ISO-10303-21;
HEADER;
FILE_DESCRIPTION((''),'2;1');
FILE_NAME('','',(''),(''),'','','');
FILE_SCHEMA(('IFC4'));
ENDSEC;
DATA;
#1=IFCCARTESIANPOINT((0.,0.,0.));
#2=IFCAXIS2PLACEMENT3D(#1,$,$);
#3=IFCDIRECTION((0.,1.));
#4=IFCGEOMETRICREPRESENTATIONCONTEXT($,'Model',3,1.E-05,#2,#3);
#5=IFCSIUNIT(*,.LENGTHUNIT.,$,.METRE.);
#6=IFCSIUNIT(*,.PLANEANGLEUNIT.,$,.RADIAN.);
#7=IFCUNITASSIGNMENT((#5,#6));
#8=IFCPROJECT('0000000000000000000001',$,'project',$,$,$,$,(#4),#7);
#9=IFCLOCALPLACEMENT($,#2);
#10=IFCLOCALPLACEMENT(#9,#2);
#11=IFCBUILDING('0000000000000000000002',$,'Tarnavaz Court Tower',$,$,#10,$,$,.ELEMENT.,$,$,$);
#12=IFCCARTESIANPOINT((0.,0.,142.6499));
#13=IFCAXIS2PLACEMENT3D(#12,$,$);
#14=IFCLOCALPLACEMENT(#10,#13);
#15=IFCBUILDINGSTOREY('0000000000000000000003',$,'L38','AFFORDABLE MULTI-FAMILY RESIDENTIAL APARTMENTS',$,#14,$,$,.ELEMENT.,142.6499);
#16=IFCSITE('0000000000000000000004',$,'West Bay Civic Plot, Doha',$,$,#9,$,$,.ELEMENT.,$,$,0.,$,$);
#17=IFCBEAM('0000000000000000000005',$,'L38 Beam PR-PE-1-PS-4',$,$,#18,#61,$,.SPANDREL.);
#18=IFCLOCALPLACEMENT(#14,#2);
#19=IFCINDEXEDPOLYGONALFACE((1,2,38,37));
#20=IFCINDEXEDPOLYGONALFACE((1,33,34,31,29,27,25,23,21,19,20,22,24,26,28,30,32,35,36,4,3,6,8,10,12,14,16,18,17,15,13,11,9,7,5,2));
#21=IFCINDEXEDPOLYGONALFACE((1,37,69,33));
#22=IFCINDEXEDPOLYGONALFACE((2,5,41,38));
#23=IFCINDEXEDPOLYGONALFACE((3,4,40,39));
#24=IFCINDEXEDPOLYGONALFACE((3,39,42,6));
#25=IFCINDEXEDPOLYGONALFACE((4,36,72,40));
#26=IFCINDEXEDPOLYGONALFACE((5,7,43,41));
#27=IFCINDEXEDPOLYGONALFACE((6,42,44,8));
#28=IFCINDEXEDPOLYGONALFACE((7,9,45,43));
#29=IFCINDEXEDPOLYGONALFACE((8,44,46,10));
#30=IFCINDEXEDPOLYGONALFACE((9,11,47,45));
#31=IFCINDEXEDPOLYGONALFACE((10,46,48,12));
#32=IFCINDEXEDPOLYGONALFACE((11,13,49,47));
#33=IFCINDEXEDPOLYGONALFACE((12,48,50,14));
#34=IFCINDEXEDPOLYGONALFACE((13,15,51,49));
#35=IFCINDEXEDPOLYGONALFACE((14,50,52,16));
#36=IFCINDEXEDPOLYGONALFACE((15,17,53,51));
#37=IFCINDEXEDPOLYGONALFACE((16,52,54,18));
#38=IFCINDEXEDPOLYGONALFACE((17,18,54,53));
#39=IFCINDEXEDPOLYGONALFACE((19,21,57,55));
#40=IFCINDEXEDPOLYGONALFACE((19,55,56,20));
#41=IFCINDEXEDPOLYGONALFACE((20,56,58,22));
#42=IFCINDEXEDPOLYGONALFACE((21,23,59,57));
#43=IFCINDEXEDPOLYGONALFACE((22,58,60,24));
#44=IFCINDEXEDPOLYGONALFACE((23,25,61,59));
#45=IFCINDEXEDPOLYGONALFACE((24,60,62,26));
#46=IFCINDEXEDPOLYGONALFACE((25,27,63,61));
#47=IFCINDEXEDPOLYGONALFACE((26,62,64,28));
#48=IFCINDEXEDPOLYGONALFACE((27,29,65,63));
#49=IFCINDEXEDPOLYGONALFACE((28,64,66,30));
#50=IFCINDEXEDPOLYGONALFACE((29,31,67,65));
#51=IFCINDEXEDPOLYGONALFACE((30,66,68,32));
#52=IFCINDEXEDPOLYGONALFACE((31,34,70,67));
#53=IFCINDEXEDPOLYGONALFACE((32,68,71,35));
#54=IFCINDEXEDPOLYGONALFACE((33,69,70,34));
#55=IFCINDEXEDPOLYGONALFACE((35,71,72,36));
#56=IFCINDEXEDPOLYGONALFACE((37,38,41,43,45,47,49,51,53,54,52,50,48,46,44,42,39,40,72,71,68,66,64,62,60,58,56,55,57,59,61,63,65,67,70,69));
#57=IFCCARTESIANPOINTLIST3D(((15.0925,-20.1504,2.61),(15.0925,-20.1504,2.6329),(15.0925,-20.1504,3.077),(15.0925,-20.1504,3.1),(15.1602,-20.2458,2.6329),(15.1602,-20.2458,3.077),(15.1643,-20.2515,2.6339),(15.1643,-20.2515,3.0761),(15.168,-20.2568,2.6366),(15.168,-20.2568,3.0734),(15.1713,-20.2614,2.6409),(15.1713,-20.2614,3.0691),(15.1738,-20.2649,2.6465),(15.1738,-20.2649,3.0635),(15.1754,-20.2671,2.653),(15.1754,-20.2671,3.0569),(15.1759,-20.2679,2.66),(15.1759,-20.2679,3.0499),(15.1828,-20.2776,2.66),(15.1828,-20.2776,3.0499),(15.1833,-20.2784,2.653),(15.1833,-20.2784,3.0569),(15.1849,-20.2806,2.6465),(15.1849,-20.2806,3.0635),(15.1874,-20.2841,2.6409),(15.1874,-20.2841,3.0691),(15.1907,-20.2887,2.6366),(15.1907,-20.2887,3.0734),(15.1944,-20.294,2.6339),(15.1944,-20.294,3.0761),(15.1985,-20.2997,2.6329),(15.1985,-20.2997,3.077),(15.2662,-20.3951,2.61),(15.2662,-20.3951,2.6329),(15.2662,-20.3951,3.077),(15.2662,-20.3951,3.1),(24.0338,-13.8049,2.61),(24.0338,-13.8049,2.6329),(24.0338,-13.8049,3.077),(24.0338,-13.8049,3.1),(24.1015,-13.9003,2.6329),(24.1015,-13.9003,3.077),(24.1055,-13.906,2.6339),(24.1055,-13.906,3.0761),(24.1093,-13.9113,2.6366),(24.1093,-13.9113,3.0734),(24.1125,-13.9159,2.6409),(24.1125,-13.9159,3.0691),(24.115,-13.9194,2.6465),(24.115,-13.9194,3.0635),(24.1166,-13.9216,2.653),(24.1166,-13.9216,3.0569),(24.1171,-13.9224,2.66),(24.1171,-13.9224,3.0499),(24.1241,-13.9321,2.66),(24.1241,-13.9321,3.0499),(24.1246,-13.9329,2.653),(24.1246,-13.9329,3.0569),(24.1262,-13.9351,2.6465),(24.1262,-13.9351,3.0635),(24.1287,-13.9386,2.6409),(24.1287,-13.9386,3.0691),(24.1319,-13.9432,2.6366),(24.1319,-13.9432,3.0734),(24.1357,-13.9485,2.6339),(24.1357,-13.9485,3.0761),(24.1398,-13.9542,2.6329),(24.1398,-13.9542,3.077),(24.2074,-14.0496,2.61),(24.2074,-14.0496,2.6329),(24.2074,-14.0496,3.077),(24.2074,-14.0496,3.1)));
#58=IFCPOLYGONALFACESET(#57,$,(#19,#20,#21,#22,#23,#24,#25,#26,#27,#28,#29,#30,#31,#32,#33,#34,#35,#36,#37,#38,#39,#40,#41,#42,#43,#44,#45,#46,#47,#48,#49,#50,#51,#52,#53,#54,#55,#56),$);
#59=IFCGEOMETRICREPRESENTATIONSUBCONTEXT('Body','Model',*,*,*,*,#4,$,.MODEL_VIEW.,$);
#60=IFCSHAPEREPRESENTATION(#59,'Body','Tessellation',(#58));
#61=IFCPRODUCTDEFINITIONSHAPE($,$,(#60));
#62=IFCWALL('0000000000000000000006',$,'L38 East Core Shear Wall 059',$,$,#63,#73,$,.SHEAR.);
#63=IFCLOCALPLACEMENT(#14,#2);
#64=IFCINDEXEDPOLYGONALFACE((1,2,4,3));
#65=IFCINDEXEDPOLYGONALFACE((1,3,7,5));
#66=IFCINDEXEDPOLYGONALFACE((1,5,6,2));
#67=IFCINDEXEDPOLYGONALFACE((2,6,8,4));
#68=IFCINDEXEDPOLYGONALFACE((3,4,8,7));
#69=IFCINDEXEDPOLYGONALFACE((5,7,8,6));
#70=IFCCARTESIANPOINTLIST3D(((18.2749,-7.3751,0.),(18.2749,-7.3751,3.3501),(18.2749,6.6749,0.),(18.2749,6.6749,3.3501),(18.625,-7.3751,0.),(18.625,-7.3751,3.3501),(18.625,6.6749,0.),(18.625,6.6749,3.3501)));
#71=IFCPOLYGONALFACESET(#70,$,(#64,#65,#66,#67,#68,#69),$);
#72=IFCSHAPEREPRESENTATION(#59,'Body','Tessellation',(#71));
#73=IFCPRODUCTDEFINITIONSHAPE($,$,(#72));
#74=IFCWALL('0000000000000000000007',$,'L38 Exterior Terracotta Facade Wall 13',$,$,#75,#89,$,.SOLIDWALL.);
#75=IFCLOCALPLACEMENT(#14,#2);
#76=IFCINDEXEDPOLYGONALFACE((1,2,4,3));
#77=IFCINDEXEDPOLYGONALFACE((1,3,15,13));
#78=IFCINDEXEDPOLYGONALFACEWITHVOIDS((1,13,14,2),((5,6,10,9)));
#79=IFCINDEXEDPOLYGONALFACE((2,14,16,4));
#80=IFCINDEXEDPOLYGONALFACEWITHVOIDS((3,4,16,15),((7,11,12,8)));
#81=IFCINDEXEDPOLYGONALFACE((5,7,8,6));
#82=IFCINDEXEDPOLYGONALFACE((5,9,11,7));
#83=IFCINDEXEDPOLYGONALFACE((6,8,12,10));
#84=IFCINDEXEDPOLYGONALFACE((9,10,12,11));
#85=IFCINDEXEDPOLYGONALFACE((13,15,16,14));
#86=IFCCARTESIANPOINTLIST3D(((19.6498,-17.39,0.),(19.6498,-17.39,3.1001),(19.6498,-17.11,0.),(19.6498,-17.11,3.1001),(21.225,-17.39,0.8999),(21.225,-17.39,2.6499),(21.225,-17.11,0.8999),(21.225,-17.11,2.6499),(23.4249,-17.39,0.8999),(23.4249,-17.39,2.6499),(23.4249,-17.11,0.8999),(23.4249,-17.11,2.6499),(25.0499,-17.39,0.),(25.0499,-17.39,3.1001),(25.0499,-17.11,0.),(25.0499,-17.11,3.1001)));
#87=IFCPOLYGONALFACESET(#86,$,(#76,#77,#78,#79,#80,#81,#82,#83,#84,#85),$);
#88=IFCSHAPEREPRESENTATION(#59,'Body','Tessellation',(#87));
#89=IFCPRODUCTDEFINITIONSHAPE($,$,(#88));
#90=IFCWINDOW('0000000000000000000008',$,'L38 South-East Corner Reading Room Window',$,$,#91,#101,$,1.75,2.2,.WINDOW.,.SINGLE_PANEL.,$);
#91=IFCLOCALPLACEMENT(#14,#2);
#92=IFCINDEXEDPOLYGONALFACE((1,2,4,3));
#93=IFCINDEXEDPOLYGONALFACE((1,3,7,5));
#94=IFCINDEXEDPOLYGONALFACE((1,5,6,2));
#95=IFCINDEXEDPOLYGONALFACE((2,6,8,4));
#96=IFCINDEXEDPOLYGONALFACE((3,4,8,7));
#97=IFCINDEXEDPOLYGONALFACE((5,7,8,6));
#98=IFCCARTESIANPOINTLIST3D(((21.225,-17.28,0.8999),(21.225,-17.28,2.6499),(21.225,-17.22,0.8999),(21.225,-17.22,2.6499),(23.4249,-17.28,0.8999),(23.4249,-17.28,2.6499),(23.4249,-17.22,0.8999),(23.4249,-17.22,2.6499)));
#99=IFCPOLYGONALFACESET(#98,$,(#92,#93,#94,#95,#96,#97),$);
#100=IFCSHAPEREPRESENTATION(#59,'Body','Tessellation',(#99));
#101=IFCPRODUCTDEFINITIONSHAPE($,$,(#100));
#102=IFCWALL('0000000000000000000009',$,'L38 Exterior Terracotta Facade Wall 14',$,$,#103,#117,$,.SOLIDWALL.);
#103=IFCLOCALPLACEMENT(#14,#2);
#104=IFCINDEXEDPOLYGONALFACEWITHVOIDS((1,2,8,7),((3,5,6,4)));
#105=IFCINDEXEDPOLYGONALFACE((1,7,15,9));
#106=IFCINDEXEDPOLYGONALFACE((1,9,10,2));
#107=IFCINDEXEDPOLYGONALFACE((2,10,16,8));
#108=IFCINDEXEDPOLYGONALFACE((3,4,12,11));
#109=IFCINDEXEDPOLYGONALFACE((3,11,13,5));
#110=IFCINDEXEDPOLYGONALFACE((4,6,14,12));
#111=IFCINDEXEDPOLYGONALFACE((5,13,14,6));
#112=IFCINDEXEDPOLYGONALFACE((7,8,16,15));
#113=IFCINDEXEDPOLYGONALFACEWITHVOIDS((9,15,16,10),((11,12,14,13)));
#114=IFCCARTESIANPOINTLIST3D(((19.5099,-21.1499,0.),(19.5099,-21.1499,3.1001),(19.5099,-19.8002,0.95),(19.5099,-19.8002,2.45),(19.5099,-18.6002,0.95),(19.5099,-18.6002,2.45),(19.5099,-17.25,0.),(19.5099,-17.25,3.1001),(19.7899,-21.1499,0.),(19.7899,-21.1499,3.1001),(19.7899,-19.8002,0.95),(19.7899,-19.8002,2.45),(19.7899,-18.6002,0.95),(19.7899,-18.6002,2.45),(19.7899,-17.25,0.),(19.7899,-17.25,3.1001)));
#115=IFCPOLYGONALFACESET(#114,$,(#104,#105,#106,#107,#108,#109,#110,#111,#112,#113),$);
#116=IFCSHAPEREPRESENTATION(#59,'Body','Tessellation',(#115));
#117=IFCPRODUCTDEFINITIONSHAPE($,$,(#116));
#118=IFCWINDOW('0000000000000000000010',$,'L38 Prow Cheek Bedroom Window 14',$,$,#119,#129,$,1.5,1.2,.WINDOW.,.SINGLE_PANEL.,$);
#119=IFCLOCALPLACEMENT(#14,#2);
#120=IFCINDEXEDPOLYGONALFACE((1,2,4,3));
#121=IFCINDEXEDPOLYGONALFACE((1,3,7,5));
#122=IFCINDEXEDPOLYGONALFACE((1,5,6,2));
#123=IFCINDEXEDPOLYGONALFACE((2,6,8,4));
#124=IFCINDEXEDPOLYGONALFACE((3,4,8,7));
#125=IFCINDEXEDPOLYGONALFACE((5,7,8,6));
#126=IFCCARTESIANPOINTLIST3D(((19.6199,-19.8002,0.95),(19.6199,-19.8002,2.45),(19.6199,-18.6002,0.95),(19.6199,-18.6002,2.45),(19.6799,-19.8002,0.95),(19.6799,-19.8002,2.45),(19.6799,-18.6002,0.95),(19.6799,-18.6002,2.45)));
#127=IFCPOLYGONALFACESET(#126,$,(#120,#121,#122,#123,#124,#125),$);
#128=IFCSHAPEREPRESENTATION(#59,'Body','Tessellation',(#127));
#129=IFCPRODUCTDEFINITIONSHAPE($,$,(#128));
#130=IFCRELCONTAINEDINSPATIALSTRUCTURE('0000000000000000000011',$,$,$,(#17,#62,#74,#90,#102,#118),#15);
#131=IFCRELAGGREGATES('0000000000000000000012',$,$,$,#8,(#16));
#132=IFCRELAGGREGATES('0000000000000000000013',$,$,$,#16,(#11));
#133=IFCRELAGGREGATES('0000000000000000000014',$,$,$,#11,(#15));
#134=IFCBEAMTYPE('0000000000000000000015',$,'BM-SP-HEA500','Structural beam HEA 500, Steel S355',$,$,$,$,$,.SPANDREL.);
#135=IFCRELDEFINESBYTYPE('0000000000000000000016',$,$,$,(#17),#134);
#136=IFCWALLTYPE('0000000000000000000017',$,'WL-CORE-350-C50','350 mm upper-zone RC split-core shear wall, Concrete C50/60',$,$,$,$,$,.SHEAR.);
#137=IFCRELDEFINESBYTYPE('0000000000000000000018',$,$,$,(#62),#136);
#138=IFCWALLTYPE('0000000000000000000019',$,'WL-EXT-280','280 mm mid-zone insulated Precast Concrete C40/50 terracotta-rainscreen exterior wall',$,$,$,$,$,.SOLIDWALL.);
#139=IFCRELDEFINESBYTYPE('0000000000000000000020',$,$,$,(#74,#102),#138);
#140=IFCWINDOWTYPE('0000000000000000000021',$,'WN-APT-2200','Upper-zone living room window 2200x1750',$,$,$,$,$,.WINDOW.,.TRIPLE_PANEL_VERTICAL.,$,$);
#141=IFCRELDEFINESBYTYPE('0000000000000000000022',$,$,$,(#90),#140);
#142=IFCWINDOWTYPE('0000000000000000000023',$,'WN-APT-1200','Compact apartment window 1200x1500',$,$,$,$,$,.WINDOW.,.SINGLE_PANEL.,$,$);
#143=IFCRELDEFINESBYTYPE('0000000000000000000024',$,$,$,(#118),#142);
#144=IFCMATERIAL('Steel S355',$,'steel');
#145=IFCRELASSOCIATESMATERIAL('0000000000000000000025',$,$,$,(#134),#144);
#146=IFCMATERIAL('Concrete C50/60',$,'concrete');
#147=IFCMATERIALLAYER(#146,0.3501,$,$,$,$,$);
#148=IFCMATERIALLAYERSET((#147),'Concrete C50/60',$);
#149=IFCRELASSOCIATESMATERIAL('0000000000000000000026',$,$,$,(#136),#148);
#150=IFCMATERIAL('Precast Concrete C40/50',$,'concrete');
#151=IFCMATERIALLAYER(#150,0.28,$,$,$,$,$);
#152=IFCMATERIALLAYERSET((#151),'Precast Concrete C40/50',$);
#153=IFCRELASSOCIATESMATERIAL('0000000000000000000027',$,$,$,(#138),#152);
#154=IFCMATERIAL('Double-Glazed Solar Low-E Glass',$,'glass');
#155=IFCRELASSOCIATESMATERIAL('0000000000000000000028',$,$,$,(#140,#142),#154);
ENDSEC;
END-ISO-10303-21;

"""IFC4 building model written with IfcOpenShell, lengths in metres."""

from ifc_helpers import new_model, si_unit, direction, frame, frame_2d, origin, origin_2d, place, context, subcontext, project, spatial, rectangle, i_section, extrude, material, layer, layer_set, material_profile, profile_set, type_object, element, fill, save


model = new_model("IFC4")

# Units and contexts
model_context = context("Model", 3, precision=1e-05, world=origin(), true_north=direction((0.0, 1.0)))
body_context = subcontext(model_context, "Body", "Model", "MODEL_VIEW")
ifc_project = project(units=[si_unit("LENGTHUNIT", "METRE"), si_unit("PLANEANGLEUNIT", "RADIAN")], contexts=[model_context])

# Site, building, storey
site_placement = place(None, origin())
site = spatial("IfcSite", under=ifc_project, at=site_placement, Name="West Bay Civic Plot, Doha", CompositionType="ELEMENT", RefElevation=0.0)
building_placement = place(site_placement, origin())
building = spatial("IfcBuilding", under=site, at=building_placement, Name="Tarnavaz Court Tower", CompositionType="ELEMENT")
storey_placement = place(building_placement, frame((0.0, 0.0, 142.6499)))
storey = spatial("IfcBuildingStorey", under=building, at=storey_placement, Name="L38", Description="AFFORDABLE MULTI-FAMILY RESIDENTIAL APARTMENTS", CompositionType="ELEMENT", Elevation=142.6499)

# Shared definitions
ifc_material_1 = material(Name="Concrete C50/60", Category="concrete")

# Beam
ifc_material_2 = material(Name="Steel S355", Category="steel")
ifc_material_profile_1 = material_profile(ifc_material_2, i_section(OverallWidth=0.3, OverallDepth=0.49, WebThickness=0.012, FlangeThickness=0.0229, FilletRadius=0.0271, at=origin_2d()), Name="HEA 500")
ifc_profile_set_1 = profile_set([ifc_material_profile_1], Name="Steel S355")
beam_type_1 = type_object("IfcBeamType", Name="BM-SP-HEA500", Description="Structural beam HEA 500, Steel S355", PredefinedType="SPANDREL", material=ifc_profile_set_1)
beam_1_placement = place(storey_placement, frame((24.1206, -13.9272, 2.855), z_axis=(-0.815502, -0.578754, 0.0), x_axis=(0.578754, -0.815502, 0.0)))
element("IfcBeam", 1, at=beam_1_placement, inside=storey, type_object=beam_type_1, Name="L38 Beam PR-PE-1-PS-4", PredefinedType="SPANDREL", context=body_context, shape_type="SweptSolid", body=[
    extrude(i_section(OverallWidth=0.3, OverallDepth=0.49, WebThickness=0.012, FlangeThickness=0.0229, FilletRadius=0.0271, at=origin_2d()), origin(), (0.0, 0.0, 1.0), 10.9641),
])

# Wall
ifc_layer_1 = layer(ifc_material_1, 0.3501)
ifc_layer_set_1 = layer_set([ifc_layer_1], Name="Concrete C50/60")
wall_type_1 = type_object("IfcWallType", Name="WL-CORE-350-C50", Description="350 mm upper-zone RC split-core shear wall, Concrete C50/60", PredefinedType="SHEAR", material=ifc_layer_set_1)
wall_1_placement = place(storey_placement, frame((18.45, -7.375, 0.0), z_axis=(0.0, 0.0, 1.0), x_axis=(0.0, 1.0, 0.0)))
element("IfcWall", 2, at=wall_1_placement, inside=storey, type_object=wall_type_1, Name="L38 East Core Shear Wall 059", PredefinedType="SHEAR", context=body_context, shape_type="SweptSolid", body=[
    extrude(rectangle(XDim=14.05, YDim=0.3501, at=frame_2d((7.0249, 0.0))), origin(), (0.0, 0.0, 1.0), 3.3501),
])

# Walls, openings, windows
ifc_material_3 = material(Name="Precast Concrete C40/50", Category="concrete")
ifc_layer_2 = layer(ifc_material_3, 0.28)
ifc_layer_set_2 = layer_set([ifc_layer_2], Name="Precast Concrete C40/50")
wall_type_2 = type_object("IfcWallType", Name="WL-EXT-280", Description="280 mm mid-zone insulated Precast Concrete C40/50 terracotta-rainscreen exterior wall", PredefinedType="SOLIDWALL", material=ifc_layer_set_2)
wall_2_placement = place(storey_placement, frame((25.05, -17.25, 0.0), z_axis=(0.0, 0.0, 1.0), x_axis=(-1.0, 0.0, 0.0)))
wall_2 = element("IfcWall", 3, at=wall_2_placement, inside=storey, type_object=wall_type_2, Name="L38 Exterior Terracotta Facade Wall 13", PredefinedType="SOLIDWALL", context=body_context, shape_type="SweptSolid", body=[
    extrude(rectangle(XDim=5.4001, YDim=0.28, at=frame_2d((2.7002, 0.0))), origin(), (0.0, 0.0, 1.0), 3.1001),
])
opening_1_placement = place(wall_2_placement, frame((1.625, 0.0, 0.8999)))
opening_1 = element("IfcOpeningElement", 4, at=opening_1_placement, cuts=wall_2, PredefinedType="OPENING", context=body_context, shape_type="SweptSolid", body=[
    extrude(rectangle(XDim=2.2, YDim=1.75, at=frame_2d((1.1001, 0.875))), frame((0.0, 0.1499, 0.0), z_axis=(0.0, -1.0, 0.0), x_axis=(1.0, 0.0, 0.0)), (0.0, 0.0, 1.0), 0.3),
])
ifc_material_4 = material(Name="Double-Glazed Solar Low-E Glass", Category="glass")
window_type_1 = type_object("IfcWindowType", Name="WN-APT-2200", Description="Upper-zone living room window 2200x1750", PartitioningType="TRIPLE_PANEL_VERTICAL", PredefinedType="WINDOW", material=ifc_material_4)
window_1_placement = place(opening_1_placement, origin())
window_1 = element("IfcWindow", 5, at=window_1_placement, inside=storey, type_object=window_type_1, Name="L38 South-East Corner Reading Room Window", OverallHeight=1.75, OverallWidth=2.2, PartitioningType="SINGLE_PANEL", PredefinedType="WINDOW", context=body_context, shape_type="SweptSolid", body=[
    extrude(rectangle(XDim=2.2, YDim=1.75, at=frame_2d((1.1001, 0.875))), frame((0.0, 0.03, 0.0), z_axis=(0.0, -1.0, 0.0), x_axis=(1.0, 0.0, 0.0)), (0.0, 0.0, 1.0), 0.0601),
])
fill(opening_1, window_1)
wall_3_placement = place(storey_placement, frame((19.6499, -17.25, 0.0), z_axis=(0.0, 0.0, 1.0), x_axis=(0.0, -1.0, 0.0)))
wall_3 = element("IfcWall", 6, at=wall_3_placement, inside=storey, type_object=wall_type_2, Name="L38 Exterior Terracotta Facade Wall 14", PredefinedType="SOLIDWALL", context=body_context, shape_type="SweptSolid", body=[
    extrude(rectangle(XDim=3.8999, YDim=0.28, at=frame_2d((1.95, 0.0))), origin(), (0.0, 0.0, 1.0), 3.1001),
])
opening_2_placement = place(wall_3_placement, frame((1.3501, 0.0, 0.95)))
opening_2 = element("IfcOpeningElement", 7, at=opening_2_placement, cuts=wall_3, PredefinedType="OPENING", context=body_context, shape_type="SweptSolid", body=[
    extrude(rectangle(XDim=1.2, YDim=1.5, at=frame_2d((0.6001, 0.75))), frame((0.0, 0.1499, 0.0), z_axis=(0.0, -1.0, 0.0), x_axis=(1.0, 0.0, 0.0)), (0.0, 0.0, 1.0), 0.3),
])
window_type_2 = type_object("IfcWindowType", Name="WN-APT-1200", Description="Compact apartment window 1200x1500", PartitioningType="SINGLE_PANEL", PredefinedType="WINDOW", material=ifc_material_4)
window_2_placement = place(opening_2_placement, origin())
window_2 = element("IfcWindow", 8, at=window_2_placement, inside=storey, type_object=window_type_2, Name="L38 Prow Cheek Bedroom Window 14", OverallHeight=1.5, OverallWidth=1.2, PartitioningType="SINGLE_PANEL", PredefinedType="WINDOW", context=body_context, shape_type="SweptSolid", body=[
    extrude(rectangle(XDim=1.2, YDim=1.5, at=frame_2d((0.6001, 0.75))), frame((0.0, 0.03, 0.0), z_axis=(0.0, -1.0, 0.0), x_axis=(1.0, 0.0, 0.0)), (0.0, 0.0, 1.0), 0.0601),
])
fill(opening_2, window_2)

save(model, "model.ifc")
